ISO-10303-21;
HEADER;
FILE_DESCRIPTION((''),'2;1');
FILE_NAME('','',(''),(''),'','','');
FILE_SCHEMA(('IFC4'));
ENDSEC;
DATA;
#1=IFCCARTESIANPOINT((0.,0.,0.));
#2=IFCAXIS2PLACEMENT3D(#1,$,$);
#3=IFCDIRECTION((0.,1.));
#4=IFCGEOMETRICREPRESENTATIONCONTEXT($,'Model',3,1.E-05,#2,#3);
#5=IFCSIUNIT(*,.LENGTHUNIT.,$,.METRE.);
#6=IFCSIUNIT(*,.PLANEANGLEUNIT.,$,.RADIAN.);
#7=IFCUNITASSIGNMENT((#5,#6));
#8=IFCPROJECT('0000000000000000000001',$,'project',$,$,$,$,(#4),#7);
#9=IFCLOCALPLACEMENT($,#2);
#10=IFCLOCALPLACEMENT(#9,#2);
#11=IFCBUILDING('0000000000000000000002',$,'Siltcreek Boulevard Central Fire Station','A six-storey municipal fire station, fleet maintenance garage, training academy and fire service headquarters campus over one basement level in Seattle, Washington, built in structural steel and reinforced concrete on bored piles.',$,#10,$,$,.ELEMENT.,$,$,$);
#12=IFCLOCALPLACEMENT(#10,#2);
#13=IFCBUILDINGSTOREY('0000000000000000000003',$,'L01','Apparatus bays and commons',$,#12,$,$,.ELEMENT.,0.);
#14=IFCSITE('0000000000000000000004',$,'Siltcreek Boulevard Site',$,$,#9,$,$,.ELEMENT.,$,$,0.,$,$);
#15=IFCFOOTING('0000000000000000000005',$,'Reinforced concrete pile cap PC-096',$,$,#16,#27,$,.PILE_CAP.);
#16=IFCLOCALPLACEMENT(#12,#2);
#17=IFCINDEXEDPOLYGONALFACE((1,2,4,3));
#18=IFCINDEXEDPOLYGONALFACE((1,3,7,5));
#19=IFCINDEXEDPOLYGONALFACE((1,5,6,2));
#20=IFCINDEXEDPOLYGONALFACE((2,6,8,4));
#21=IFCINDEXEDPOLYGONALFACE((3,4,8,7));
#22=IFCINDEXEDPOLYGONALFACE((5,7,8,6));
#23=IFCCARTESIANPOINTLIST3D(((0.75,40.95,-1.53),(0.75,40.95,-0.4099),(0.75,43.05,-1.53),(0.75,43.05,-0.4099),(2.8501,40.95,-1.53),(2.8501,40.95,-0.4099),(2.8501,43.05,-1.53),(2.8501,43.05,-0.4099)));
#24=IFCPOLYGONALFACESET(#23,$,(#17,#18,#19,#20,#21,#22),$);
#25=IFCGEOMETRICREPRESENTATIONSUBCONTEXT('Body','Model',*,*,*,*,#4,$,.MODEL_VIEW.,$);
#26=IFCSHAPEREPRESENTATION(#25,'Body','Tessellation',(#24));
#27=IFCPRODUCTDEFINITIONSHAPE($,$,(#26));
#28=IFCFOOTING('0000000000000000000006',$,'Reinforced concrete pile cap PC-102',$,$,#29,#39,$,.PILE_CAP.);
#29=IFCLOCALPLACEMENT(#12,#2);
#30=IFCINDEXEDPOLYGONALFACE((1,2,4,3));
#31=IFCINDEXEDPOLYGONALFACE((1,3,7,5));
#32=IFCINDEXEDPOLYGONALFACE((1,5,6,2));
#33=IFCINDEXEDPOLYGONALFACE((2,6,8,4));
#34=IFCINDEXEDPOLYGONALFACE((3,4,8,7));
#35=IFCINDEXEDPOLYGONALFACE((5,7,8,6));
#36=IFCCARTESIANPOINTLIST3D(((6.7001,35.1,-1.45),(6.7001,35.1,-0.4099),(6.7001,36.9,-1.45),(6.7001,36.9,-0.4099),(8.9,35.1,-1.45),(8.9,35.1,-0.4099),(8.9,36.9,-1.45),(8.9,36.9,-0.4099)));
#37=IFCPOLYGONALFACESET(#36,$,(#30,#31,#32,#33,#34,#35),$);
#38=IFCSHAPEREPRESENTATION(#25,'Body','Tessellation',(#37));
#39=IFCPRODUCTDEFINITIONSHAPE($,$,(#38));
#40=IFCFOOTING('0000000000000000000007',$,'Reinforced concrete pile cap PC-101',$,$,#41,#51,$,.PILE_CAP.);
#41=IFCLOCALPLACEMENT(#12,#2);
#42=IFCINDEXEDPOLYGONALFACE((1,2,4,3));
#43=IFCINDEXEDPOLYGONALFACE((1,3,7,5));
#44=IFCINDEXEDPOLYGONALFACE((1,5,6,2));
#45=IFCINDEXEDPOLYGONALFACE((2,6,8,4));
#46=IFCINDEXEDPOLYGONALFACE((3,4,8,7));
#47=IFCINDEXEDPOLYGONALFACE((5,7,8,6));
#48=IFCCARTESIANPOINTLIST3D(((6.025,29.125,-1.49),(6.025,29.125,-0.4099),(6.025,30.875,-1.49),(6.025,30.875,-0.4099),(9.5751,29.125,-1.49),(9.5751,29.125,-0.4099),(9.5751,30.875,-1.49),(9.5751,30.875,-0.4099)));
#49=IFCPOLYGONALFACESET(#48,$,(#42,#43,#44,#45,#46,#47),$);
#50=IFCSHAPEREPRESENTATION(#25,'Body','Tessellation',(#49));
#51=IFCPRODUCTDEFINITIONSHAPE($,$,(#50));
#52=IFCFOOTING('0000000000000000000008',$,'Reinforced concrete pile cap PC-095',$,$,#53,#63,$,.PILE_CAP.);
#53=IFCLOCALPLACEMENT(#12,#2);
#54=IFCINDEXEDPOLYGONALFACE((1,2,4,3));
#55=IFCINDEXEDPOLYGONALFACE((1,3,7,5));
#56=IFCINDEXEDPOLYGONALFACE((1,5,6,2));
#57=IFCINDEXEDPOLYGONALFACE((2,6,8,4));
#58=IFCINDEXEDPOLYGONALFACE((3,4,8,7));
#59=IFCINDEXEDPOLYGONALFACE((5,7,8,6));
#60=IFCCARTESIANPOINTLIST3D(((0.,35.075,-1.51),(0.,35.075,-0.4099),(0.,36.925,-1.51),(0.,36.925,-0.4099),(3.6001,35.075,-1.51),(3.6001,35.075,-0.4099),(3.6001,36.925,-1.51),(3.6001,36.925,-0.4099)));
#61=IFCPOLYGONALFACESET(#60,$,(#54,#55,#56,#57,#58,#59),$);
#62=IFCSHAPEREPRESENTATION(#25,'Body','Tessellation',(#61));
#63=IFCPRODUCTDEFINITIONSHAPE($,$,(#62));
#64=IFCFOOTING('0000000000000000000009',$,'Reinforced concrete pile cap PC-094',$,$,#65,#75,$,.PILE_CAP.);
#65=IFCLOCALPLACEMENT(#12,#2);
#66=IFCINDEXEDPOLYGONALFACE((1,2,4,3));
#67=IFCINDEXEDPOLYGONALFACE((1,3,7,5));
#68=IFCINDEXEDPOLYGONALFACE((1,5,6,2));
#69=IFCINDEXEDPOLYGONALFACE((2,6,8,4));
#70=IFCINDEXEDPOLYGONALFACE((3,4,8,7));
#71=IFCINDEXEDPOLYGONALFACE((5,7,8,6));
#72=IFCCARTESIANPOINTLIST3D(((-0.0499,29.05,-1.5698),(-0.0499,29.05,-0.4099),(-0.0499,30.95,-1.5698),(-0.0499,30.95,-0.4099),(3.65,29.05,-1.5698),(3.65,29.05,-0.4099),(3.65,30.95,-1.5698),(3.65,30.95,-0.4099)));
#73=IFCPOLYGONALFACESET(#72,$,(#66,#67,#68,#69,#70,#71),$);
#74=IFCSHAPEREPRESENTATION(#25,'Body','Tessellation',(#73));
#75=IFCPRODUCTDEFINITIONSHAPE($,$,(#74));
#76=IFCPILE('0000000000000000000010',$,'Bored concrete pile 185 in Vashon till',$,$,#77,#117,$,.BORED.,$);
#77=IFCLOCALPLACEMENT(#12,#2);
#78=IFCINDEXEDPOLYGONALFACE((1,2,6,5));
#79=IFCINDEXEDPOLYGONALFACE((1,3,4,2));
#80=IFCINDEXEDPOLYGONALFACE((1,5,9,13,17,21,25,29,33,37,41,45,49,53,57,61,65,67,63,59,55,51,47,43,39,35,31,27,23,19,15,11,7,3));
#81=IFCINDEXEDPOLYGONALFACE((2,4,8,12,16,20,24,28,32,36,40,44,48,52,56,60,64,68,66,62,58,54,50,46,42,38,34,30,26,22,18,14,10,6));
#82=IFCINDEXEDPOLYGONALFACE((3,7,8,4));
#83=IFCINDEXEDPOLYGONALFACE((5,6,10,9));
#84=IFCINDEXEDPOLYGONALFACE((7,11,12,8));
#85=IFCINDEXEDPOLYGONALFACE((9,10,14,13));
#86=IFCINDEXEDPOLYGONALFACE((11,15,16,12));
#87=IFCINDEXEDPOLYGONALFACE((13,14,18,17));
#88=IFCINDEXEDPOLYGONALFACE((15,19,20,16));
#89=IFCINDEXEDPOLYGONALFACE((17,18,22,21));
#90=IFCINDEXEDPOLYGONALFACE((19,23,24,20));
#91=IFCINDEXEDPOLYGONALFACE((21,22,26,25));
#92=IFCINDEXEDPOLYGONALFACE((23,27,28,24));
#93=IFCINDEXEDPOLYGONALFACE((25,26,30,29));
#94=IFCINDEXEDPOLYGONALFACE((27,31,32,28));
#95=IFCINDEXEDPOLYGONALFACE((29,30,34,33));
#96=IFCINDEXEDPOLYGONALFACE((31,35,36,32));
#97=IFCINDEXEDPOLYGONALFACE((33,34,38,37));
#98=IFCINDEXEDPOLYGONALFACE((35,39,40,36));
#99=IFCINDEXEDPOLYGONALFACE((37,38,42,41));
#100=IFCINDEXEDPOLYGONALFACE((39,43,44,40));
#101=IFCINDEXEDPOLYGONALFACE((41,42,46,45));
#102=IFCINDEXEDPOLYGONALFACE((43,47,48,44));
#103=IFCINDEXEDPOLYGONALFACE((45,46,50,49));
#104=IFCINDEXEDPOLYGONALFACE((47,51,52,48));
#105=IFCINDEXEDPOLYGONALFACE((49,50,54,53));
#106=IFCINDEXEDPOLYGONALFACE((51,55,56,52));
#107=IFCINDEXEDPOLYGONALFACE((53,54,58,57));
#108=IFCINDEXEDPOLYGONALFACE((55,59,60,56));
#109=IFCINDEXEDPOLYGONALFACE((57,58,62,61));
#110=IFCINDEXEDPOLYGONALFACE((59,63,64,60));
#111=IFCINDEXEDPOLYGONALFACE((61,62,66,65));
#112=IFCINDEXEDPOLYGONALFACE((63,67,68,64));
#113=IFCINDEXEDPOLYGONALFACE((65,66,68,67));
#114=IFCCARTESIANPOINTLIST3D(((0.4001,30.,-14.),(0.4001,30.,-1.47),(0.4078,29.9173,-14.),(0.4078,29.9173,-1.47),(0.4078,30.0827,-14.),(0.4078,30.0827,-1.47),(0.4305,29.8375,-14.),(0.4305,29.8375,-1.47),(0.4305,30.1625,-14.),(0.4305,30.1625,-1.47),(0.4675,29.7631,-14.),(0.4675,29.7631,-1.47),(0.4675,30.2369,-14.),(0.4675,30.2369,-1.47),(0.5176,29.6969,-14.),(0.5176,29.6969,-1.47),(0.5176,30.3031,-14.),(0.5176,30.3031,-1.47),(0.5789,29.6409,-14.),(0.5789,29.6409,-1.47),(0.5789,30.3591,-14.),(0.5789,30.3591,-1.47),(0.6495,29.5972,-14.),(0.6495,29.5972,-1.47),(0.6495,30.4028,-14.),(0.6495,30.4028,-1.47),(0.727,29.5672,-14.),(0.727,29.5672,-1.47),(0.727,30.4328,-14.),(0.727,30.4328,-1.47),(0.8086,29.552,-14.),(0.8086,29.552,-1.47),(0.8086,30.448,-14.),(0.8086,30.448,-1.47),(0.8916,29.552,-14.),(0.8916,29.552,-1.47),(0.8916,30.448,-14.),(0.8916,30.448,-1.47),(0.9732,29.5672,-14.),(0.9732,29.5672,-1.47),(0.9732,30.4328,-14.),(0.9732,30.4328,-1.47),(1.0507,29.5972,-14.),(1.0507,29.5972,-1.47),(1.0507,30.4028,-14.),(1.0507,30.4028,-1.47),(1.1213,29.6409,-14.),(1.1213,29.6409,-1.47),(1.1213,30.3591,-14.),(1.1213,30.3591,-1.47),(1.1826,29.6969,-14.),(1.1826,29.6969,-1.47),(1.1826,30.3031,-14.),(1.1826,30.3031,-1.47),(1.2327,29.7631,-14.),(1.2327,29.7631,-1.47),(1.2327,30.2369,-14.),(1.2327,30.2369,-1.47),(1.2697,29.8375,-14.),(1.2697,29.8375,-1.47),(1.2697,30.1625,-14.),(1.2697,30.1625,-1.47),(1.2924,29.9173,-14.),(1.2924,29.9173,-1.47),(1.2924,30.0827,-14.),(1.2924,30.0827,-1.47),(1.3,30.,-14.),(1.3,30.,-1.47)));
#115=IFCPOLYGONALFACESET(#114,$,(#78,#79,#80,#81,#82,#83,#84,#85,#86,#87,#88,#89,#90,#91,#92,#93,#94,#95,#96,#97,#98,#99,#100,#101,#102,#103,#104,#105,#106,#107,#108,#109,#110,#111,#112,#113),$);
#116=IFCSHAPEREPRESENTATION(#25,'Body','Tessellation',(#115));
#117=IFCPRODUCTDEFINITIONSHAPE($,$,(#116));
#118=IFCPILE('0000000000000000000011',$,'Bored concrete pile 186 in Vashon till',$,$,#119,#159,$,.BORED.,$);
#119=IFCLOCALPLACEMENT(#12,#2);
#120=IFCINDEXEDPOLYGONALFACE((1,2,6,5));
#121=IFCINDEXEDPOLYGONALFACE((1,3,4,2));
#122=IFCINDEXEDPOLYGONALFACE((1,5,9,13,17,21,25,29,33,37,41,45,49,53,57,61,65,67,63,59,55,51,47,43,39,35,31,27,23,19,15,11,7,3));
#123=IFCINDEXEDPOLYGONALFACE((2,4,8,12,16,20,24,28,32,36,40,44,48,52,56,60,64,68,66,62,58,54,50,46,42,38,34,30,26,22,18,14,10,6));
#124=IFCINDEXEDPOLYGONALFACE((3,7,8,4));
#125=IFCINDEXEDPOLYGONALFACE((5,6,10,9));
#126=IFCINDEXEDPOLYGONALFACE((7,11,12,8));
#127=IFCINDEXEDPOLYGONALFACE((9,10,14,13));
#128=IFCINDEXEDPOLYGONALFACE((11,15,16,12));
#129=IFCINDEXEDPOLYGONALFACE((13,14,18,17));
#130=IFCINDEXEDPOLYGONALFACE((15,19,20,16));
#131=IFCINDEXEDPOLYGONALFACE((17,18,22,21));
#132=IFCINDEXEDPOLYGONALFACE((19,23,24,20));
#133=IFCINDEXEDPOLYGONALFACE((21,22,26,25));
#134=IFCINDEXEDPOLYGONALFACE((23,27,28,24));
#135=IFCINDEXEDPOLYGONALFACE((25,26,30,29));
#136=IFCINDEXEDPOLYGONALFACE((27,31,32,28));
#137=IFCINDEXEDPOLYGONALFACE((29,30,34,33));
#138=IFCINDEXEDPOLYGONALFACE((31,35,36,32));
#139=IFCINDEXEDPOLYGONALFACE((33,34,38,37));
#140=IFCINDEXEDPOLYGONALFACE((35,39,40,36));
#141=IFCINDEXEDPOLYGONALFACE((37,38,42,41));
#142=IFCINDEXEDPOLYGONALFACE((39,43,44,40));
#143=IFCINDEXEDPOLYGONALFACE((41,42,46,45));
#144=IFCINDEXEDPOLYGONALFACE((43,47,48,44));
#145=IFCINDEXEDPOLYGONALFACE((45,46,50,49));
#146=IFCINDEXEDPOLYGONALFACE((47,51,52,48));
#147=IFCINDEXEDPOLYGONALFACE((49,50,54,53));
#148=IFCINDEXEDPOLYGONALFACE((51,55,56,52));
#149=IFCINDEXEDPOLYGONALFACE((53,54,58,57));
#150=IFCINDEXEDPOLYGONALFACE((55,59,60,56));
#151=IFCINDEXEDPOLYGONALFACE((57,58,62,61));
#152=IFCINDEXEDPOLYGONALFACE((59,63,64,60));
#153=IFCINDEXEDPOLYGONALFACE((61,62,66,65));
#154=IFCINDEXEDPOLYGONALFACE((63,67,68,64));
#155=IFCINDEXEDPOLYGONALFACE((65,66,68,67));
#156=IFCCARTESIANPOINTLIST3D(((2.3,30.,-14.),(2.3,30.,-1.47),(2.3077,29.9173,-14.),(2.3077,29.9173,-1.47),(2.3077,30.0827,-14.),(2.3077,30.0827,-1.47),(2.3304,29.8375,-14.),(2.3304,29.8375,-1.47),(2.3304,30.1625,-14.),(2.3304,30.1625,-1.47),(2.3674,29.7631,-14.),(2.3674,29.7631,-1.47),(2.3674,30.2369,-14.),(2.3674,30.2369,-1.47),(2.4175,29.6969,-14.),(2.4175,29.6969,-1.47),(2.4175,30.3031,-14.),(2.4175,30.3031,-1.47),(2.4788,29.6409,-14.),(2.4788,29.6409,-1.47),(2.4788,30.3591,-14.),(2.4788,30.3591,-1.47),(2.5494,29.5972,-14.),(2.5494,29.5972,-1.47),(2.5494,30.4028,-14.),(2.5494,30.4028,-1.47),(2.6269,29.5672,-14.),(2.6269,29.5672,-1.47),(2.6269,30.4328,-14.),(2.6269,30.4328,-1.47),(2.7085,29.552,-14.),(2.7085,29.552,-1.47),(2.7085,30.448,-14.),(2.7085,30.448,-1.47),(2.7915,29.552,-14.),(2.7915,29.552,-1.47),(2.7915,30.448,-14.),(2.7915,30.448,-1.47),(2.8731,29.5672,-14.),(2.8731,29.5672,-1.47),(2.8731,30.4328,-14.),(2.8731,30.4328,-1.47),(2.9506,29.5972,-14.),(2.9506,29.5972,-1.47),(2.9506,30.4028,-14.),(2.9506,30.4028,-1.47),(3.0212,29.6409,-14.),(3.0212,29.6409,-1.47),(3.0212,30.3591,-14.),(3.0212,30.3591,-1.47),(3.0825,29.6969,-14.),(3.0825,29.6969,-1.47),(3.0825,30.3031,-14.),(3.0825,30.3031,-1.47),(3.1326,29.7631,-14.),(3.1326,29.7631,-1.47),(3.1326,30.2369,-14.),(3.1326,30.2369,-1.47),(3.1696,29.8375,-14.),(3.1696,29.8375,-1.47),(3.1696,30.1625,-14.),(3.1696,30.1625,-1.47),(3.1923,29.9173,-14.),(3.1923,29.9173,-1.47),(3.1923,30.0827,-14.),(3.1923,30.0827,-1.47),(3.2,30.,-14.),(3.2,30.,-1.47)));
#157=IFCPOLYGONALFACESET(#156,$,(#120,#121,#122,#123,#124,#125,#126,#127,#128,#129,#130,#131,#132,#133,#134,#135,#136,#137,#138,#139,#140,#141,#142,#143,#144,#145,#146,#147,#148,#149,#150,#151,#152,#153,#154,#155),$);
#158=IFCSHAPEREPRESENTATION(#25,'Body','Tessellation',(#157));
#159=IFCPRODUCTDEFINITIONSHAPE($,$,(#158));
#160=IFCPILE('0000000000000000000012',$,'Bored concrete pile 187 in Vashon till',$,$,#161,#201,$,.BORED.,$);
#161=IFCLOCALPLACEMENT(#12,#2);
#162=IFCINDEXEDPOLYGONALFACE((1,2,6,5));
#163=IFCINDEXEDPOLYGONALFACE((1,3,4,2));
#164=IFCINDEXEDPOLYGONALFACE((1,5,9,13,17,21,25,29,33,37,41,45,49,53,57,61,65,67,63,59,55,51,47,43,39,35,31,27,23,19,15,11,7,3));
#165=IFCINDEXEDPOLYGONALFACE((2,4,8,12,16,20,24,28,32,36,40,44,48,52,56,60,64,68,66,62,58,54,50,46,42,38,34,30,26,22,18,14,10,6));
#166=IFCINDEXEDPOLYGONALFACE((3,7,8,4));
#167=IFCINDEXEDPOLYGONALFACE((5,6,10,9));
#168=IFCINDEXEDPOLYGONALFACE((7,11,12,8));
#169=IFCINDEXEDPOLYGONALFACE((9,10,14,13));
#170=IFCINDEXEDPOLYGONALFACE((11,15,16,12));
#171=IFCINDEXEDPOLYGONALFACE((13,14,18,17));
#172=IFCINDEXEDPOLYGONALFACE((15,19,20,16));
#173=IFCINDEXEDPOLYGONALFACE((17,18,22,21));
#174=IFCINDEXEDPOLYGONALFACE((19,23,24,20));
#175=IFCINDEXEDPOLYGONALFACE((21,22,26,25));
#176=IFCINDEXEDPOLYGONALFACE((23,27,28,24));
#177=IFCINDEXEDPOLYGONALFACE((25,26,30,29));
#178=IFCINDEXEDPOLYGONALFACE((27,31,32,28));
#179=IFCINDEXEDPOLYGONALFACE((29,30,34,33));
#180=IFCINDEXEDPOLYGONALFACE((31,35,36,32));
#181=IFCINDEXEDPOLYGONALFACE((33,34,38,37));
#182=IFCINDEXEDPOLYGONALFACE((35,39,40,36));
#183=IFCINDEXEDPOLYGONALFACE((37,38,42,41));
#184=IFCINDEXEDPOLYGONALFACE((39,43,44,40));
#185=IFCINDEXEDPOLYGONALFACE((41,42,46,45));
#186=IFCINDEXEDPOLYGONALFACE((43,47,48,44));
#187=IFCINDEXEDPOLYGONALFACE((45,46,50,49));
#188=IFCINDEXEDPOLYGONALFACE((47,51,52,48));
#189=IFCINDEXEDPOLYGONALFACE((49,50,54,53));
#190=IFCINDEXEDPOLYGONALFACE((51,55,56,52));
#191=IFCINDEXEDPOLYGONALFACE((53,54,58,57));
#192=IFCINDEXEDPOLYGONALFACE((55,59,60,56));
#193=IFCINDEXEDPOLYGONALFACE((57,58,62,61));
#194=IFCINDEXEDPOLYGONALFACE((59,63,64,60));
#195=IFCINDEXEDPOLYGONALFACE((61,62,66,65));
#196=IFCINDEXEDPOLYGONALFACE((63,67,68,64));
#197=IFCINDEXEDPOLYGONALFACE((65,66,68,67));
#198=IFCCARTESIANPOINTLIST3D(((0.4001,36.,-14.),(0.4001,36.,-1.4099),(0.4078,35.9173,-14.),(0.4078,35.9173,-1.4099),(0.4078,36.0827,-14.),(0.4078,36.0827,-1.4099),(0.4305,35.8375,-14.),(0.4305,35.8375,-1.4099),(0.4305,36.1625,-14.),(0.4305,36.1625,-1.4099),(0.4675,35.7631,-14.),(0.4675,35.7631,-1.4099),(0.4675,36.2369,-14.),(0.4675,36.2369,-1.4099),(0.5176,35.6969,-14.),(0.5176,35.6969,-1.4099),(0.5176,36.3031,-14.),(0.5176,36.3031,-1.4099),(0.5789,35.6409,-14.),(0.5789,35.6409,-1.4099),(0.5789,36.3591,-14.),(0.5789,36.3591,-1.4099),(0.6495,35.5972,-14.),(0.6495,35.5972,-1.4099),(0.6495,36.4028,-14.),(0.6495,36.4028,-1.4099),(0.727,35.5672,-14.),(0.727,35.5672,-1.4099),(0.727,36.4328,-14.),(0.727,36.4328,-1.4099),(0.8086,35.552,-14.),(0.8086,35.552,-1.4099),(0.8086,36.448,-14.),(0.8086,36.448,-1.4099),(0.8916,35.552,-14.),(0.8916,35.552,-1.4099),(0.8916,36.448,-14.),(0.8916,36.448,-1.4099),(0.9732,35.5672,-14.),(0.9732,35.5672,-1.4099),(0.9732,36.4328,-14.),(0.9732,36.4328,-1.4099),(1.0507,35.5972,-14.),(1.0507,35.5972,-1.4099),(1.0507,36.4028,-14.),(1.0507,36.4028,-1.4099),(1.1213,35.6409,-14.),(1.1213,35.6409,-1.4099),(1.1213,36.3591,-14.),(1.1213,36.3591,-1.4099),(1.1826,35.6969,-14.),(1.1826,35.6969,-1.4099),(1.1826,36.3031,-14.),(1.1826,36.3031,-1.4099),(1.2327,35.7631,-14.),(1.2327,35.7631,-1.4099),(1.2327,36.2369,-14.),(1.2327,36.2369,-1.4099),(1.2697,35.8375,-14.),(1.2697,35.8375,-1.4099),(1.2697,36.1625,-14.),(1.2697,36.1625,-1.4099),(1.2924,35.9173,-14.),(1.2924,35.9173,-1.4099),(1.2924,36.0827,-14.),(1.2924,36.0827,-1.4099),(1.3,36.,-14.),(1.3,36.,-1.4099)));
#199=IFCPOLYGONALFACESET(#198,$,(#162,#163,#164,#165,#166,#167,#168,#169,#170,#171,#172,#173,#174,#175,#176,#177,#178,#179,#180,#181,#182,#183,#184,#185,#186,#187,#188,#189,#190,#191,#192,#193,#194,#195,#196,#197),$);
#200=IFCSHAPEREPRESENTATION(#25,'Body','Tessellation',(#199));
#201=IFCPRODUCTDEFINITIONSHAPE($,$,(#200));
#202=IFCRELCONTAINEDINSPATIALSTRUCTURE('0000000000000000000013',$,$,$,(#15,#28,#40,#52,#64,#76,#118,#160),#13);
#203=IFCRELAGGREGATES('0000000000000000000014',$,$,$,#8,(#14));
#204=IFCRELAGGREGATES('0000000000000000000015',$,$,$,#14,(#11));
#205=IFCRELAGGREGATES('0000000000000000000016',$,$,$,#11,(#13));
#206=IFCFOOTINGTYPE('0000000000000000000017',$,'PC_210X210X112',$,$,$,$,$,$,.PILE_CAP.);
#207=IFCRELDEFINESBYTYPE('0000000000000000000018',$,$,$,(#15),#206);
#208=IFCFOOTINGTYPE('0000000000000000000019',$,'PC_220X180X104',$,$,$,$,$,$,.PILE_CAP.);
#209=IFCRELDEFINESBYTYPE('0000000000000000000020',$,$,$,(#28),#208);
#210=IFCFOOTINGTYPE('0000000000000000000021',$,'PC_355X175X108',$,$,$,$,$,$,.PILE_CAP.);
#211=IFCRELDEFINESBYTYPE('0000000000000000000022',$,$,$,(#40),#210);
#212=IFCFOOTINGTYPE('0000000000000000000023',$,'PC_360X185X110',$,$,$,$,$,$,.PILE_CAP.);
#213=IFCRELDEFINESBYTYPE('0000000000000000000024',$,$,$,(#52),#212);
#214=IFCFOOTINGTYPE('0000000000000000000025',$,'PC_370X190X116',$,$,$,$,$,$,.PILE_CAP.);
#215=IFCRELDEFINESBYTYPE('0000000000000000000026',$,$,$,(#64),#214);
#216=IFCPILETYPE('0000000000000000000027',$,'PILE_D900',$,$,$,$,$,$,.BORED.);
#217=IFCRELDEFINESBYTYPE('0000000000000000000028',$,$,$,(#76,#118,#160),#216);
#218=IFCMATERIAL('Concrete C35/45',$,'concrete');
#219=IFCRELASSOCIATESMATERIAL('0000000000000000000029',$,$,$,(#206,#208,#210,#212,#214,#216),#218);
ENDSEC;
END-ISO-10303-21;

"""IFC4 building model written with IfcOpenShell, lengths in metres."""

from ifc_helpers import new_model, si_unit, direction, frame, origin, origin_2d, place, context, subcontext, project, spatial, rectangle, circle, extrude, material, material_profile, profile_set, type_object, element, save


model = new_model("IFC4")

# Units and contexts
model_context = context("Model", 3, precision=1e-05, world=origin(), true_north=direction((0.0, 1.0)))
body_context = subcontext(model_context, "Body", "Model", "MODEL_VIEW")
ifc_project = project(units=[si_unit("LENGTHUNIT", "METRE"), si_unit("PLANEANGLEUNIT", "RADIAN")], contexts=[model_context])

# Site, building, storey
site_placement = place(None, origin())
site = spatial("IfcSite", under=ifc_project, at=site_placement, Name="Siltcreek Boulevard Site", CompositionType="ELEMENT", RefElevation=0.0)
building_placement = place(site_placement, origin())
building = spatial("IfcBuilding", under=site, at=building_placement, Name="Siltcreek Boulevard Central Fire Station", Description="A six-storey municipal fire station, fleet maintenance garage, training academy and fire service headquarters campus over one basement level in Seattle, Washington, built in structural steel and reinforced concrete on bored piles.", CompositionType="ELEMENT")
storey_placement = place(building_placement, origin())
storey = spatial("IfcBuildingStorey", under=building, at=storey_placement, Name="L01", Description="Apparatus bays and commons", CompositionType="ELEMENT", Elevation=0.0)

# Footings
ifc_material_1 = material(Name="Concrete C35/45", Category="concrete")
footing_type_1 = type_object("IfcFootingType", Name="PC_210X210X112", PredefinedType="PILE_CAP", material=ifc_material_1)
footing_1_placement = place(storey_placement, frame((1.8, 42.0, -1.53), z_axis=(0.0, 0.0, 1.0), x_axis=(1.0, 0.0, 0.0)))
element("IfcFooting", 1, at=footing_1_placement, inside=storey, type_object=footing_type_1, Name="Reinforced concrete pile cap PC-096", PredefinedType="PILE_CAP", context=body_context, shape_type="SweptSolid", body=[
    extrude(rectangle(XDim=2.1001, YDim=2.1001, at=origin_2d()), origin(), (0.0, 0.0, 1.0), 1.1201),
])
footing_type_2 = type_object("IfcFootingType", Name="PC_220X180X104", PredefinedType="PILE_CAP", material=ifc_material_1)
footing_2_placement = place(storey_placement, frame((7.8, 36.0, -1.45), z_axis=(0.0, 0.0, 1.0), x_axis=(1.0, 0.0, 0.0)))
element("IfcFooting", 2, at=footing_2_placement, inside=storey, type_object=footing_type_2, Name="Reinforced concrete pile cap PC-102", PredefinedType="PILE_CAP", context=body_context, shape_type="SweptSolid", body=[
    extrude(rectangle(XDim=2.2, YDim=1.8, at=origin_2d()), origin(), (0.0, 0.0, 1.0), 1.04),
])
footing_type_3 = type_object("IfcFootingType", Name="PC_355X175X108", PredefinedType="PILE_CAP", material=ifc_material_1)
footing_3_placement = place(storey_placement, frame((7.8, 30.0, -1.49), z_axis=(0.0, 0.0, 1.0), x_axis=(1.0, 0.0, 0.0)))
element("IfcFooting", 3, at=footing_3_placement, inside=storey, type_object=footing_type_3, Name="Reinforced concrete pile cap PC-101", PredefinedType="PILE_CAP", context=body_context, shape_type="SweptSolid", body=[
    extrude(rectangle(XDim=3.55, YDim=1.75, at=origin_2d()), origin(), (0.0, 0.0, 1.0), 1.0801),
])
footing_type_4 = type_object("IfcFootingType", Name="PC_360X185X110", PredefinedType="PILE_CAP", material=ifc_material_1)
footing_4_placement = place(storey_placement, frame((1.8, 36.0, -1.51), z_axis=(0.0, 0.0, 1.0), x_axis=(1.0, 0.0, 0.0)))
element("IfcFooting", 4, at=footing_4_placement, inside=storey, type_object=footing_type_4, Name="Reinforced concrete pile cap PC-095", PredefinedType="PILE_CAP", context=body_context, shape_type="SweptSolid", body=[
    extrude(rectangle(XDim=3.6001, YDim=1.8501, at=origin_2d()), origin(), (0.0, 0.0, 1.0), 1.1001),
])
footing_type_5 = type_object("IfcFootingType", Name="PC_370X190X116", PredefinedType="PILE_CAP", material=ifc_material_1)
footing_5_placement = place(storey_placement, frame((1.8, 30.0, -1.5698), z_axis=(0.0, 0.0, 1.0), x_axis=(1.0, 0.0, 0.0)))
element("IfcFooting", 5, at=footing_5_placement, inside=storey, type_object=footing_type_5, Name="Reinforced concrete pile cap PC-094", PredefinedType="PILE_CAP", context=body_context, shape_type="SweptSolid", body=[
    extrude(rectangle(XDim=3.7, YDim=1.8999, at=origin_2d()), origin(), (0.0, 0.0, 1.0), 1.1599),
])

# Piles
ifc_material_profile_1 = material_profile(ifc_material_1, circle(Radius=0.45, at=origin_2d()), Name="SHAFT900")
ifc_profile_set_1 = profile_set([ifc_material_profile_1], Name="Concrete C35/45")
pile_type = type_object("IfcPileType", Name="PILE_D900", PredefinedType="BORED", material=ifc_profile_set_1)
for number, where, z_axis, x_axis, name in (
    (6, (0.8501, 30.0, -1.47), (0.0, 0.0, -1.0), (1.0, 0.0, 0.0), "Bored concrete pile 185 in Vashon till"),
    (7, (2.75, 30.0, -1.47), (0.0, 0.0, -1.0), (1.0, 0.0, 0.0), "Bored concrete pile 186 in Vashon till"),
):
    element("IfcPile", number, at=place(storey_placement, frame(where, z_axis=z_axis, x_axis=x_axis)), inside=storey, type_object=pile_type, Name=name, PredefinedType="BORED", context=body_context, shape_type="SweptSolid", body=[
        extrude(circle(Radius=0.45, at=origin_2d()), origin(), (0.0, 0.0, 1.0), 12.53),
    ])
for number, where, z_axis, x_axis, name in (
    (8, (0.8501, 36.0, -1.4099), (0.0, 0.0, -1.0), (1.0, 0.0, 0.0), "Bored concrete pile 187 in Vashon till"),
):
    element("IfcPile", number, at=place(storey_placement, frame(where, z_axis=z_axis, x_axis=x_axis)), inside=storey, type_object=pile_type, Name=name, PredefinedType="BORED", context=body_context, shape_type="SweptSolid", body=[
        extrude(circle(Radius=0.45, at=origin_2d()), origin(), (0.0, 0.0, 1.0), 12.5901),
    ])

save(model, "model.ifc")
